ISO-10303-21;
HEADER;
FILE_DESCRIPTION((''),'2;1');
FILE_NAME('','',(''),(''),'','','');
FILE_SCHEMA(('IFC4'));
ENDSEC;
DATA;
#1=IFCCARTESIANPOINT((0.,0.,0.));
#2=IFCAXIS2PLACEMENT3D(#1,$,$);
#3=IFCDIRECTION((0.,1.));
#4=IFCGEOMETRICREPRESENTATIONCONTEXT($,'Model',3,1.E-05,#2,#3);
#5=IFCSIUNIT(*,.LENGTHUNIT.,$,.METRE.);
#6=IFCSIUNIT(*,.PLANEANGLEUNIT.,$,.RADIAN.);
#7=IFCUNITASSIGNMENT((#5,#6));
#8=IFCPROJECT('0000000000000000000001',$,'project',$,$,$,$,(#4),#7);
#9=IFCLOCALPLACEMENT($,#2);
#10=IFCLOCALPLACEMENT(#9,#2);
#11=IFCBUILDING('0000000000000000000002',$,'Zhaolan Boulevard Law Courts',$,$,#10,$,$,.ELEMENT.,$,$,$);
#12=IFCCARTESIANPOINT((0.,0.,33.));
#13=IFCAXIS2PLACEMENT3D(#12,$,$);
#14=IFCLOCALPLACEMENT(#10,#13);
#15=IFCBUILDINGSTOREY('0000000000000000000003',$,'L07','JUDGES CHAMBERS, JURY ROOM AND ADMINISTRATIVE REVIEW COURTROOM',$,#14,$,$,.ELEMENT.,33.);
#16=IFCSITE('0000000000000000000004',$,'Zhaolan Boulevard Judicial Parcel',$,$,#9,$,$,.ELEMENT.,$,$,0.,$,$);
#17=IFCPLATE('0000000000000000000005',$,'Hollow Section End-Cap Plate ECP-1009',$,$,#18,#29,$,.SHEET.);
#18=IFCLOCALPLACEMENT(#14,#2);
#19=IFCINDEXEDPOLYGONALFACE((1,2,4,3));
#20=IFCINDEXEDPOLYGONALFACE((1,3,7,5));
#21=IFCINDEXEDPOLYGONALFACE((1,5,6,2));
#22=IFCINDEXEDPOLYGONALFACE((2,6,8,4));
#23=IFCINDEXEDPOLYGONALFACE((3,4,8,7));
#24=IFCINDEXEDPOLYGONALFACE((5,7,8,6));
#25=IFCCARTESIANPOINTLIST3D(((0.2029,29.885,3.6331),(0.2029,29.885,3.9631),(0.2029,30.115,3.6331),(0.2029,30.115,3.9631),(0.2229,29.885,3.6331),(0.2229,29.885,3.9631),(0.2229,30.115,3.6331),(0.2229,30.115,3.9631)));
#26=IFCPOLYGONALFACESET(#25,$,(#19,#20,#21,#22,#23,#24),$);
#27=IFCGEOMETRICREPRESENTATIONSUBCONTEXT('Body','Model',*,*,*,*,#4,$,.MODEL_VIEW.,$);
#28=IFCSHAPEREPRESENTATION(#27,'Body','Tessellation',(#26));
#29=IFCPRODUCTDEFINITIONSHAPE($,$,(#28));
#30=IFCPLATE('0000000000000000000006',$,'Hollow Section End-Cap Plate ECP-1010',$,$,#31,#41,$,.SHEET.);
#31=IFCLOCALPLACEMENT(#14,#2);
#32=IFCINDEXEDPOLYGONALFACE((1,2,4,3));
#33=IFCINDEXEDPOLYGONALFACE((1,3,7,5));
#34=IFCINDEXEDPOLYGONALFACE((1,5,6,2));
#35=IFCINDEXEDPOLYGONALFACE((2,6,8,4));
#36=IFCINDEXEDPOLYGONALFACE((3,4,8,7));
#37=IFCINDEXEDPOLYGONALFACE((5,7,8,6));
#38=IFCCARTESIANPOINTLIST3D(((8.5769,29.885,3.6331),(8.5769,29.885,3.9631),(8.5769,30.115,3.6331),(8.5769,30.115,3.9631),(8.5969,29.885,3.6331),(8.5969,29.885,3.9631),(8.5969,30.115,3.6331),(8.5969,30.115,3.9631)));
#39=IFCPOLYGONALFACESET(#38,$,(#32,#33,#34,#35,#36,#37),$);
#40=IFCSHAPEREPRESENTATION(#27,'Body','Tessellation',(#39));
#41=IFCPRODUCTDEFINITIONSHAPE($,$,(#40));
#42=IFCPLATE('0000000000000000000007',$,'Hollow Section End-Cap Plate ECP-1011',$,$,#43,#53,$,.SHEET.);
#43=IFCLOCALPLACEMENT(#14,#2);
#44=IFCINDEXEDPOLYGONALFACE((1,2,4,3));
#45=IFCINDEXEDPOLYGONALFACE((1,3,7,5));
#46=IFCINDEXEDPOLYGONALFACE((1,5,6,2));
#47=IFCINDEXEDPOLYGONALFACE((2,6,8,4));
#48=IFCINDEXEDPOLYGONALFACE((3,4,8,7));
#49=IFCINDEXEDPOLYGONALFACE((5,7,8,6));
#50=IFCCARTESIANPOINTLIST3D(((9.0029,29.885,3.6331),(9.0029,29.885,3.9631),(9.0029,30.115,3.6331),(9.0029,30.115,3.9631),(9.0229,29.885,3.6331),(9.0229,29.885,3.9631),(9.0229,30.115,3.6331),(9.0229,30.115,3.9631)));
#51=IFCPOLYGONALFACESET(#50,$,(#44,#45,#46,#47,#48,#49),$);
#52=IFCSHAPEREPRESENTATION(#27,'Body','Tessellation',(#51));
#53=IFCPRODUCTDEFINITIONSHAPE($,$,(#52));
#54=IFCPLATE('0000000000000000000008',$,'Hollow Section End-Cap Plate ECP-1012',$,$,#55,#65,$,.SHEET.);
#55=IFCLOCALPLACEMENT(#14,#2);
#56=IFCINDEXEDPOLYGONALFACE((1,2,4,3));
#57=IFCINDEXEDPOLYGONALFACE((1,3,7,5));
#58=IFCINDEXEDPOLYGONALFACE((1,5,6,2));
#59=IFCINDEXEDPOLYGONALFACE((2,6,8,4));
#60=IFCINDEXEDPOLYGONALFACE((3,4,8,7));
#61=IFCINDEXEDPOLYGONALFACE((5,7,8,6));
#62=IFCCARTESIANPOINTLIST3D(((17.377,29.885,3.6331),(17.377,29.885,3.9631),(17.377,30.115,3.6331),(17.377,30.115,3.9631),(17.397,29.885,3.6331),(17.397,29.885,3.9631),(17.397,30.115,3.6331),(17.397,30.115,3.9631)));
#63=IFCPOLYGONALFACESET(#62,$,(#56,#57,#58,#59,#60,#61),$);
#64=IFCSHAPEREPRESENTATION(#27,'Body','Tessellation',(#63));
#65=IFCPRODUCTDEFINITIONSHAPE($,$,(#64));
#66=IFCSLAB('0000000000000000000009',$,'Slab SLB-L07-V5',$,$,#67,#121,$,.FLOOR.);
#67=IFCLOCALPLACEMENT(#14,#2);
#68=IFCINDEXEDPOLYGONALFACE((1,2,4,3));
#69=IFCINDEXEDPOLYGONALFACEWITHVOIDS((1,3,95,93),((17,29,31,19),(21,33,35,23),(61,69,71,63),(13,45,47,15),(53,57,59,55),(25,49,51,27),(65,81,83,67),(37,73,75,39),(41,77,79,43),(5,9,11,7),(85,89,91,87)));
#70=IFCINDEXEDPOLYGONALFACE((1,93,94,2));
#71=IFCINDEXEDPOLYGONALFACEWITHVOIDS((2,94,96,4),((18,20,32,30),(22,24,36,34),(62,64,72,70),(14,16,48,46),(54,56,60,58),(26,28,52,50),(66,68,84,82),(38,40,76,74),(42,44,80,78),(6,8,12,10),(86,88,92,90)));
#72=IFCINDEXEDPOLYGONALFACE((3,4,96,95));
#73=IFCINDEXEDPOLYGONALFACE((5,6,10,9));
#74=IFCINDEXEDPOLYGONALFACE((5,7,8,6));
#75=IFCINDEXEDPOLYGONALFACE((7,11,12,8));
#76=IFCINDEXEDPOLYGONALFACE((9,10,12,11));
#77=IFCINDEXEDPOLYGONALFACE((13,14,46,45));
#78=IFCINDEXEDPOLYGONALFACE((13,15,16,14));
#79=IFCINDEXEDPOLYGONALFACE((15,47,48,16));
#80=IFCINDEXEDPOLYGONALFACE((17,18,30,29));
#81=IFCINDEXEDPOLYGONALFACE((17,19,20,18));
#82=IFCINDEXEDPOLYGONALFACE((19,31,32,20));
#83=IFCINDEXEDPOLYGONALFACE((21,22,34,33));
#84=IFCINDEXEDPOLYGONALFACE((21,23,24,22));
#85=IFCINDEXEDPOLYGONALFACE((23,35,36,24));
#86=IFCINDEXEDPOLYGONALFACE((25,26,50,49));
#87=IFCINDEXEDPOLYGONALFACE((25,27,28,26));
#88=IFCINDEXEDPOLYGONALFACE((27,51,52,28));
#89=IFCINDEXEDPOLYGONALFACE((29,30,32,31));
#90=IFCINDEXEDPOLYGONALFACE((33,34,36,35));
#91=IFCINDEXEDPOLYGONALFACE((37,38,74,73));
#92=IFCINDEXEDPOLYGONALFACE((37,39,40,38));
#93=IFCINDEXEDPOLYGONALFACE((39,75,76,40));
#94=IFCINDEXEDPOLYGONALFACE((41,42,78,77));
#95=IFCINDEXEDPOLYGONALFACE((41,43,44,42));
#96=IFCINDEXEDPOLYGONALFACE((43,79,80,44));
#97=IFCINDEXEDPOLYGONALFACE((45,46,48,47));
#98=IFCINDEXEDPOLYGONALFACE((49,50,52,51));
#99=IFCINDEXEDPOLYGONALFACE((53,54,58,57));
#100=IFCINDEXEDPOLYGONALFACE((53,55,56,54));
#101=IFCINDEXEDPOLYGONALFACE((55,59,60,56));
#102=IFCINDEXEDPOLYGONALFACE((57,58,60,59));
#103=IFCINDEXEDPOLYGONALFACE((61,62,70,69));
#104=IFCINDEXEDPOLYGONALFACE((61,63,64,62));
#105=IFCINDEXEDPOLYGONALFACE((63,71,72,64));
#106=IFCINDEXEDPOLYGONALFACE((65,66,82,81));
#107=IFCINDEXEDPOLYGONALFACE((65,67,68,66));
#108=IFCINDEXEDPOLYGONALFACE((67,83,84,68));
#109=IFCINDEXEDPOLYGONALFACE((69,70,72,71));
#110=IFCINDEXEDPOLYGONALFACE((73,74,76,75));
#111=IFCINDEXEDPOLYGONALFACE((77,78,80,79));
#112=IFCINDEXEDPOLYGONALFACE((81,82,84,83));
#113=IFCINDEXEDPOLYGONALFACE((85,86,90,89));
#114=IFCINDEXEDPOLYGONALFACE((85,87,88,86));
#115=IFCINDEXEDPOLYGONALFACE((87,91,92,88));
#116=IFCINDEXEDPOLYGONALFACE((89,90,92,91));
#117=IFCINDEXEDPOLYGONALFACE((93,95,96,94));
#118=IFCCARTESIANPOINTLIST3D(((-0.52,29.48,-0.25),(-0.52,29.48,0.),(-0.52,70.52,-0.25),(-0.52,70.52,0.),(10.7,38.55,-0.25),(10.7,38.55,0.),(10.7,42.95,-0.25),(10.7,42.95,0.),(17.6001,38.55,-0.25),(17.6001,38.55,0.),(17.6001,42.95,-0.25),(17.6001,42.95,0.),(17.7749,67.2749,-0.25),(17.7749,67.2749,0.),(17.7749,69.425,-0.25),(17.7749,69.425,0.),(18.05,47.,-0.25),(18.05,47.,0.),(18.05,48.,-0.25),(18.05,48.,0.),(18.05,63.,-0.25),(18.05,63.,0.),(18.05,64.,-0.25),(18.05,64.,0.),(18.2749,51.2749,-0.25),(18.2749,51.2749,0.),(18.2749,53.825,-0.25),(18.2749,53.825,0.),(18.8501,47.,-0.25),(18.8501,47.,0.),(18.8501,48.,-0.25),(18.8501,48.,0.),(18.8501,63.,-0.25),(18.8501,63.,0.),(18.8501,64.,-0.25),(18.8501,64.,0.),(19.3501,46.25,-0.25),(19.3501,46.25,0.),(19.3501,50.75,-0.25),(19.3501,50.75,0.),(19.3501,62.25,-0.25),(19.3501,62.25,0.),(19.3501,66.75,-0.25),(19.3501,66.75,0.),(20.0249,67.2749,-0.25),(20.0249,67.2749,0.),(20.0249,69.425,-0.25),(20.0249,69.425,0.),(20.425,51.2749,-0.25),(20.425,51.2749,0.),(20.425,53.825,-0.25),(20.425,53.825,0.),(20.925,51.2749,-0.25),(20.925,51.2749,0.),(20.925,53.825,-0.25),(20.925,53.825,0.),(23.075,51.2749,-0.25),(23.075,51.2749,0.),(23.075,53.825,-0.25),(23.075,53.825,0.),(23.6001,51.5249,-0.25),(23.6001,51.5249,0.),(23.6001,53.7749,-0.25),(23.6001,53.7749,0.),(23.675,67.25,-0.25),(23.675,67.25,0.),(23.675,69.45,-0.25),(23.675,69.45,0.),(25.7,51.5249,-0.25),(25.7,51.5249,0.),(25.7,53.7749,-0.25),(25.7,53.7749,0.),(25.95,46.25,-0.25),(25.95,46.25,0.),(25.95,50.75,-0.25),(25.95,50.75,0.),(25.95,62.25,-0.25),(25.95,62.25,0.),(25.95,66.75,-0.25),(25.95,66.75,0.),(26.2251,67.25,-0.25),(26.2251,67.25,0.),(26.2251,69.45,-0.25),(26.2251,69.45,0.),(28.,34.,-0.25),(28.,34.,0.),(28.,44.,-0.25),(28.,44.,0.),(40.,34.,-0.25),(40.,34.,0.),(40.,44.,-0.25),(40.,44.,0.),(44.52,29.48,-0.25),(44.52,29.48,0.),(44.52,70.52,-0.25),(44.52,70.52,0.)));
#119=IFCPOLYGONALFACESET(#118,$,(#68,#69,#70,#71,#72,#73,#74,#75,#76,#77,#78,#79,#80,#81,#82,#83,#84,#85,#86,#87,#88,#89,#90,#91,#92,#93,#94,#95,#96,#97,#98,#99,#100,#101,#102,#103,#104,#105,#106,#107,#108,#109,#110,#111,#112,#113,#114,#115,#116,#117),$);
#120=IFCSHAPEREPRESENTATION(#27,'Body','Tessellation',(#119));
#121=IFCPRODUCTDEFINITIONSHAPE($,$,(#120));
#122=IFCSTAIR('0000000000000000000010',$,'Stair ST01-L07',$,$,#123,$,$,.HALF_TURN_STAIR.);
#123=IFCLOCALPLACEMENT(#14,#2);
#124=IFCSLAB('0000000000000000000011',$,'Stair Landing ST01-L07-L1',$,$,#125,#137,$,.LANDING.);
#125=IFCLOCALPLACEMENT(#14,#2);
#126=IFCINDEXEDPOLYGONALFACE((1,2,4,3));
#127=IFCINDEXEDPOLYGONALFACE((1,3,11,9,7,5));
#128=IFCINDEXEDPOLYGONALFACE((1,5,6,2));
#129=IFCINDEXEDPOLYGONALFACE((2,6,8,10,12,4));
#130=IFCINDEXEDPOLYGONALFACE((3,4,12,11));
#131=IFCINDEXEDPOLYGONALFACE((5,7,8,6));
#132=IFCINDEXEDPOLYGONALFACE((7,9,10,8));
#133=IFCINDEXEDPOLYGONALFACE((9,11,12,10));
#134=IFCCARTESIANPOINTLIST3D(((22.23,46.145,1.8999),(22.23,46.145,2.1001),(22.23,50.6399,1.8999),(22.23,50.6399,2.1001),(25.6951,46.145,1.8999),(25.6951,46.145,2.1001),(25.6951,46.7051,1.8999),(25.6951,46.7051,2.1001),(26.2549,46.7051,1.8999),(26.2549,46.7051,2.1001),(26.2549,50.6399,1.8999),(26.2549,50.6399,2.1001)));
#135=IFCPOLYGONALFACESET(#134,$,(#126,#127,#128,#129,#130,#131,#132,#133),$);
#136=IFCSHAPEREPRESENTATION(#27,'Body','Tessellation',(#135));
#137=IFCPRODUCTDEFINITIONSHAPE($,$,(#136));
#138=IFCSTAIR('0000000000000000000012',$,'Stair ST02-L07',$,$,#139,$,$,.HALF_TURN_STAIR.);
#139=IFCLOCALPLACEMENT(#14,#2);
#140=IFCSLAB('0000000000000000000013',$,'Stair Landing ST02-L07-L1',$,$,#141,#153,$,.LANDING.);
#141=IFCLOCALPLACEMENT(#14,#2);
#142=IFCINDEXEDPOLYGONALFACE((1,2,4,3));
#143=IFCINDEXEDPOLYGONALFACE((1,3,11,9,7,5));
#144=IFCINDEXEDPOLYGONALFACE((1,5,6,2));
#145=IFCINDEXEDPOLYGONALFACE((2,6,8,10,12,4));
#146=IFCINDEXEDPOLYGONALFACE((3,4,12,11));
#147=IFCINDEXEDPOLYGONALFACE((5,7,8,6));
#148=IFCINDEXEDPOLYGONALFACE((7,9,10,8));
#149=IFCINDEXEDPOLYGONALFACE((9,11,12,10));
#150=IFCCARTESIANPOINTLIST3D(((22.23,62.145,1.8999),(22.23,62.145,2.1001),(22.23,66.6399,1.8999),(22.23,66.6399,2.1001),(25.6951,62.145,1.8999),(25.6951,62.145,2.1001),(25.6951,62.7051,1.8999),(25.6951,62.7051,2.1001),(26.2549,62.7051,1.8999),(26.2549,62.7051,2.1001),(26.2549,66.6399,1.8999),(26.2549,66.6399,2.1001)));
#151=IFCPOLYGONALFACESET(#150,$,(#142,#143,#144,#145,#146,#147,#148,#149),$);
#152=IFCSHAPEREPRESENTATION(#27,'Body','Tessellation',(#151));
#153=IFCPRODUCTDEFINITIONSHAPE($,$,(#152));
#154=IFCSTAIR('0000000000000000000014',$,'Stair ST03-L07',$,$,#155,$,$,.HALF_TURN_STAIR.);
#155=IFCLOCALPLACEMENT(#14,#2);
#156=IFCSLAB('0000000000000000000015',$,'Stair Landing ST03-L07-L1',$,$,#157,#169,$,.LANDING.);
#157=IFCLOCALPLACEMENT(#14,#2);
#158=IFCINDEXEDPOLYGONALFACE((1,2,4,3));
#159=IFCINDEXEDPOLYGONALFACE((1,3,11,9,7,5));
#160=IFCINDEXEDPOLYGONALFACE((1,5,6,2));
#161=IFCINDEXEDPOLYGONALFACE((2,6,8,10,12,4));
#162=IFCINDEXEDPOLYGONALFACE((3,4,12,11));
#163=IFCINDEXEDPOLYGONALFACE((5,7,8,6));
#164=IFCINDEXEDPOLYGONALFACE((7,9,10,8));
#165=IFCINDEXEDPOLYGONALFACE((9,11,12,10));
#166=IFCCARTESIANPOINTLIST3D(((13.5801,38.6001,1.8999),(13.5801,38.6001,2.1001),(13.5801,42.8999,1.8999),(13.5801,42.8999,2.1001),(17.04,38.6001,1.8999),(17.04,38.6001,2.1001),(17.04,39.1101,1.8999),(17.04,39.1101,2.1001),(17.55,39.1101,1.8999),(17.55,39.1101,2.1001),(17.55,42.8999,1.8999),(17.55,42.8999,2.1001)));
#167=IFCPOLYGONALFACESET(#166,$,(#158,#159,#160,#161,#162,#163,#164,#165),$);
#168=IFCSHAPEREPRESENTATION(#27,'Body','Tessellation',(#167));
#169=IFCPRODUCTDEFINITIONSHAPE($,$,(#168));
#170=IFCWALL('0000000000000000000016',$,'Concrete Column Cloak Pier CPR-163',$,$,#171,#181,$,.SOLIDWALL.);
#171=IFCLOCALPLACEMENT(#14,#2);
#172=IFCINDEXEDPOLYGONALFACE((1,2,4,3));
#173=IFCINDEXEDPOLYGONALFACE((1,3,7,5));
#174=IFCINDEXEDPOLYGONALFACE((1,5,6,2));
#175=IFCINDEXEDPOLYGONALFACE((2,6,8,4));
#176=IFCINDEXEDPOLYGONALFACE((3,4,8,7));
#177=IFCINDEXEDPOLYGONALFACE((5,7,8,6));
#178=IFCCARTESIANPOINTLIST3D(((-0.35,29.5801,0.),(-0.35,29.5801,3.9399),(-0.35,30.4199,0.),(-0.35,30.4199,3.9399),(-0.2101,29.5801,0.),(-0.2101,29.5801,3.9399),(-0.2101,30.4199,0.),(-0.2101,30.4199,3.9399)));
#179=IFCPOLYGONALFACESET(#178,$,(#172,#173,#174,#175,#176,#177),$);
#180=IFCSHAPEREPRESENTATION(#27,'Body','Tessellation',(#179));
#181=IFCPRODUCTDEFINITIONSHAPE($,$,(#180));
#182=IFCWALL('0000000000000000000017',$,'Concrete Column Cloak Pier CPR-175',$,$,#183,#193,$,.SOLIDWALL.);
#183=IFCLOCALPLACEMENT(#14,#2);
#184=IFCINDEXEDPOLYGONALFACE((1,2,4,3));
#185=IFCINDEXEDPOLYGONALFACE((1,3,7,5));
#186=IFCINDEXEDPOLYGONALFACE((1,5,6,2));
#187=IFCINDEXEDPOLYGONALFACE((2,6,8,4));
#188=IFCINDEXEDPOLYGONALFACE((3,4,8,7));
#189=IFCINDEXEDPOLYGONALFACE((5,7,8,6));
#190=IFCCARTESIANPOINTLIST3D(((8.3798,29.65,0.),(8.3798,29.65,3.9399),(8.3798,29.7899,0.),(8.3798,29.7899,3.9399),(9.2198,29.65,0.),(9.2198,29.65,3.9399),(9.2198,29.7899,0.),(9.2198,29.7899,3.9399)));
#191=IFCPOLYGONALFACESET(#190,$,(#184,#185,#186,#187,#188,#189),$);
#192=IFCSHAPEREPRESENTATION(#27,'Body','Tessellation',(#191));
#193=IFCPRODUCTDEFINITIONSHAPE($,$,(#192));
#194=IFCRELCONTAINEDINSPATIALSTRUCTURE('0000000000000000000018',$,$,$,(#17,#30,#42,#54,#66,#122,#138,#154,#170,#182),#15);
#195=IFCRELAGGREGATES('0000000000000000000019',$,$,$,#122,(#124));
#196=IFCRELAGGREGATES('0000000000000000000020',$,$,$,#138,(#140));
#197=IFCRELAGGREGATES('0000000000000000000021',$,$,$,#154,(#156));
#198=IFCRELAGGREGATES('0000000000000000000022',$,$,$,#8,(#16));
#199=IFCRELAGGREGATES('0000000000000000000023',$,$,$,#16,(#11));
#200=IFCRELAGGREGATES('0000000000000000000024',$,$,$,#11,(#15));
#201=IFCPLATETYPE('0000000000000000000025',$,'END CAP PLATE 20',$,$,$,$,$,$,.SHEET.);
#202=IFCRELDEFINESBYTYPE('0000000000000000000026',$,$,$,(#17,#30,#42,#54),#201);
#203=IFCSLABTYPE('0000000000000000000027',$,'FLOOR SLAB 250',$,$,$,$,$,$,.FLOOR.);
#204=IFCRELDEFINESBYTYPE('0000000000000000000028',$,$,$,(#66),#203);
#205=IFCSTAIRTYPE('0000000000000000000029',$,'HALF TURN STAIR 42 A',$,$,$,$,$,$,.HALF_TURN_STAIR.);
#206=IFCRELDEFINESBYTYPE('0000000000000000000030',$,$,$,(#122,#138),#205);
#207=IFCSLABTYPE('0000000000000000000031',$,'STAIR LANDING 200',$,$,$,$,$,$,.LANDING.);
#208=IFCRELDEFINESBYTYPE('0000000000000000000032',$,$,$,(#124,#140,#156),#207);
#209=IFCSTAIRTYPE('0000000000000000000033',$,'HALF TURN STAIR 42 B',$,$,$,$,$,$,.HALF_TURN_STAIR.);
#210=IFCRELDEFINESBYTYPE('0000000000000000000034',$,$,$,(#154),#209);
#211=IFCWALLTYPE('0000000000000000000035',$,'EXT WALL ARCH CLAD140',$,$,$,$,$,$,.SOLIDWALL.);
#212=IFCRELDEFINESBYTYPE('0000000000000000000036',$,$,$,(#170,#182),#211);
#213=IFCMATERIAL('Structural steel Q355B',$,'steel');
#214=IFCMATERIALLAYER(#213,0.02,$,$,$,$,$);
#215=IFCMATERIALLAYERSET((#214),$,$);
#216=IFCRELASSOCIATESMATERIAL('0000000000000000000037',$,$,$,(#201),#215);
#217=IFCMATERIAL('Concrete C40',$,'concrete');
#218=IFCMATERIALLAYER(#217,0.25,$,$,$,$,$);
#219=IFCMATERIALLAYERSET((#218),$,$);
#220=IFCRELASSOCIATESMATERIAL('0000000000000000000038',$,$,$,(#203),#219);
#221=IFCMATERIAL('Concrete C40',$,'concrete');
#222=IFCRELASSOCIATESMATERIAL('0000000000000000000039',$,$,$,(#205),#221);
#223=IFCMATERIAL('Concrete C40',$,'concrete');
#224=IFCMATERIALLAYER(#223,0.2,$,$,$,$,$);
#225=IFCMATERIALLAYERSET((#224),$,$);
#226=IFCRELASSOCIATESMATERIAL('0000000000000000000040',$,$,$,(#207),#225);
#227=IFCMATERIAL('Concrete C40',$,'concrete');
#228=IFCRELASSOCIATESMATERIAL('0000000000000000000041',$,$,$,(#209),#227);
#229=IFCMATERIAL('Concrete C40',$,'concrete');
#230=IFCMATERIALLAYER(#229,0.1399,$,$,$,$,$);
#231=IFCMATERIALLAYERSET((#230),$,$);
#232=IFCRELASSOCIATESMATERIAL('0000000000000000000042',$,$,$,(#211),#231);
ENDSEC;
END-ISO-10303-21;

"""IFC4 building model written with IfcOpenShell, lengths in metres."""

from ifc_helpers import new_model, si_unit, direction, frame, frame_2d, origin, origin_2d, place, context, subcontext, project, spatial, polyline, rectangle, outline, extrude, material, layer, layer_set, type_object, element, aggregate, save


model = new_model("IFC4")

# Units and contexts
model_context = context("Model", 3, precision=1e-05, world=origin(), true_north=direction((0.0, 1.0)))
body_context = subcontext(model_context, "Body", "Model", "MODEL_VIEW")
ifc_project = project(units=[si_unit("LENGTHUNIT", "METRE"), si_unit("PLANEANGLEUNIT", "RADIAN")], contexts=[model_context])

# Site, building, storey
site_placement = place(None, origin())
site = spatial("IfcSite", under=ifc_project, at=site_placement, Name="Zhaolan Boulevard Judicial Parcel", CompositionType="ELEMENT", RefElevation=0.0)
building_placement = place(site_placement, origin())
building = spatial("IfcBuilding", under=site, at=building_placement, Name="Zhaolan Boulevard Law Courts", CompositionType="ELEMENT")
storey_placement = place(building_placement, frame((0.0, 0.0, 33.0)))
storey = spatial("IfcBuildingStorey", under=building, at=storey_placement, Name="L07", Description="JUDGES CHAMBERS, JURY ROOM AND ADMINISTRATIVE REVIEW COURTROOM", CompositionType="ELEMENT", Elevation=33.0)

# Plates
ifc_material_1 = material(Name="Structural steel Q355B", Category="steel")
ifc_layer_1 = layer(ifc_material_1, 0.02)
ifc_layer_set_1 = layer_set([ifc_layer_1])
plate_type = type_object("IfcPlateType", Name="END CAP PLATE 20", PredefinedType="SHEET", material=ifc_layer_set_1)
for number, where, z_axis, x_axis, name in (
    (1, (0.2129, 30.0, 3.6331), (0.0, 0.0, 1.0), (1.0, 0.0, 0.0), "Hollow Section End-Cap Plate ECP-1009"),
    (2, (8.5869, 30.0, 3.6331), (0.0, 0.0, 1.0), (1.0, 0.0, 0.0), "Hollow Section End-Cap Plate ECP-1010"),
    (3, (9.0129, 30.0, 3.6331), (0.0, 0.0, 1.0), (1.0, 0.0, 0.0), "Hollow Section End-Cap Plate ECP-1011"),
    (4, (17.387, 30.0, 3.6331), (0.0, 0.0, 1.0), (1.0, 0.0, 0.0), "Hollow Section End-Cap Plate ECP-1012"),
):
    element("IfcPlate", number, at=place(storey_placement, frame(where, z_axis=z_axis, x_axis=x_axis)), inside=storey, type_object=plate_type, Name=name, PredefinedType="SHEET", context=body_context, shape_type="SweptSolid", body=[
        extrude(rectangle(XDim=0.02, YDim=0.23, at=origin_2d()), origin(), (0.0, 0.0, 1.0), 0.3301),
    ])

# Slab
ifc_material_2 = material(Name="Concrete C40", Category="concrete")
ifc_layer_2 = layer(ifc_material_2, 0.25)
ifc_layer_set_2 = layer_set([ifc_layer_2])
slab_type_1 = type_object("IfcSlabType", Name="FLOOR SLAB 250", PredefinedType="FLOOR", material=ifc_layer_set_2)
slab_1_placement = place(storey_placement, frame((0.0, 0.0, -0.25)))
element("IfcSlab", 5, at=slab_1_placement, inside=storey, type_object=slab_type_1, Name="Slab SLB-L07-V5", PredefinedType="FLOOR", context=body_context, shape_type="SweptSolid", body=[
    extrude(outline(polyline([(-0.52, 29.48), (44.52, 29.48), (44.52, 70.52), (-0.52, 70.52), (-0.52, 29.48)]), holes=[polyline([(18.2749, 51.2749), (20.425, 51.2749), (20.425, 53.825), (18.2749, 53.825), (18.2749, 51.2749)]), polyline([(20.925, 51.2749), (23.075, 51.2749), (23.075, 53.825), (20.925, 53.825), (20.925, 51.2749)]), polyline([(23.675, 67.25), (26.2251, 67.25), (26.2251, 69.45), (23.675, 69.45), (23.675, 67.25)]), polyline([(23.6001, 51.5249), (25.7, 51.5249), (25.7, 53.7749), (23.6001, 53.7749), (23.6001, 51.5249)]), polyline([(17.7749, 67.2749), (20.0249, 67.2749), (20.0249, 69.425), (17.7749, 69.425), (17.7749, 67.2749)]), polyline([(19.3501, 46.25), (25.95, 46.25), (25.95, 50.75), (19.3501, 50.75), (19.3501, 46.25)]), polyline([(19.3501, 62.25), (25.95, 62.25), (25.95, 66.75), (19.3501, 66.75), (19.3501, 62.25)]), polyline([(10.7, 38.55), (17.6001, 38.55), (17.6001, 42.95), (10.7, 42.95), (10.7, 38.55)]), polyline([(18.05, 47.0), (18.8501, 47.0), (18.8501, 48.0), (18.05, 48.0), (18.05, 47.0)]), polyline([(18.05, 63.0), (18.8501, 63.0), (18.8501, 64.0), (18.05, 64.0), (18.05, 63.0)]), polyline([(28.0, 34.0), (40.0, 34.0), (40.0, 44.0), (28.0, 44.0), (28.0, 34.0)])]), origin(), (0.0, 0.0, 1.0), 0.25),
])

# Stairs, slabs
ifc_material_3 = material(Name="Concrete C40", Category="concrete")
stair_type_1 = type_object("IfcStairType", Name="HALF TURN STAIR 42 A", PredefinedType="HALF_TURN_STAIR", material=ifc_material_3)
stair_1_placement = place(storey_placement, origin())
stair_1 = element("IfcStair", 6, at=stair_1_placement, inside=storey, type_object=stair_type_1, Name="Stair ST01-L07", PredefinedType="HALF_TURN_STAIR")
ifc_material_4 = material(Name="Concrete C40", Category="concrete")
ifc_layer_3 = layer(ifc_material_4, 0.2)
ifc_layer_set_3 = layer_set([ifc_layer_3])
slab_type_2 = type_object("IfcSlabType", Name="STAIR LANDING 200", PredefinedType="LANDING", material=ifc_layer_set_3)
slab_2_placement = place(storey_placement, frame((0.0, 0.0, 1.8999)))
slab_2 = element("IfcSlab", 7, at=slab_2_placement, type_object=slab_type_2, Name="Stair Landing ST01-L07-L1", PredefinedType="LANDING", context=body_context, shape_type="SweptSolid", body=[
    extrude(outline(polyline([(22.23, 46.145), (25.6951, 46.145), (25.6951, 46.7051), (26.2549, 46.7051), (26.2549, 50.6399), (22.23, 50.6399), (22.23, 46.145)])), origin(), (0.0, 0.0, 1.0), 0.2002),
])
aggregate(stair_1, [slab_2])
stair_2_placement = place(storey_placement, origin())
stair_2 = element("IfcStair", 8, at=stair_2_placement, inside=storey, type_object=stair_type_1, Name="Stair ST02-L07", PredefinedType="HALF_TURN_STAIR")
slab_3_placement = place(storey_placement, frame((0.0, 0.0, 1.8999)))
slab_3 = element("IfcSlab", 9, at=slab_3_placement, type_object=slab_type_2, Name="Stair Landing ST02-L07-L1", PredefinedType="LANDING", context=body_context, shape_type="SweptSolid", body=[
    extrude(outline(polyline([(22.23, 62.145), (25.6951, 62.145), (25.6951, 62.7051), (26.2549, 62.7051), (26.2549, 66.6399), (22.23, 66.6399), (22.23, 62.145)])), origin(), (0.0, 0.0, 1.0), 0.2002),
])
aggregate(stair_2, [slab_3])
ifc_material_5 = material(Name="Concrete C40", Category="concrete")
stair_type_2 = type_object("IfcStairType", Name="HALF TURN STAIR 42 B", PredefinedType="HALF_TURN_STAIR", material=ifc_material_5)
stair_3_placement = place(storey_placement, origin())
stair_3 = element("IfcStair", 10, at=stair_3_placement, inside=storey, type_object=stair_type_2, Name="Stair ST03-L07", PredefinedType="HALF_TURN_STAIR")
slab_4_placement = place(storey_placement, frame((0.0, 0.0, 1.8999)))
slab_4 = element("IfcSlab", 11, at=slab_4_placement, type_object=slab_type_2, Name="Stair Landing ST03-L07-L1", PredefinedType="LANDING", context=body_context, shape_type="SweptSolid", body=[
    extrude(outline(polyline([(13.5801, 38.6001), (17.04, 38.6001), (17.04, 39.1101), (17.55, 39.1101), (17.55, 42.8999), (13.5801, 42.8999), (13.5801, 38.6001)])), origin(), (0.0, 0.0, 1.0), 0.2002),
])
aggregate(stair_3, [slab_4])

# Walls
ifc_material_6 = material(Name="Concrete C40", Category="concrete")
ifc_layer_4 = layer(ifc_material_6, 0.1399)
ifc_layer_set_4 = layer_set([ifc_layer_4])
wall_type_1 = type_object("IfcWallType", Name="EXT WALL ARCH CLAD140", PredefinedType="SOLIDWALL", material=ifc_layer_set_4)
wall_1_placement = place(storey_placement, frame((-0.28, 29.5801, 0.0), z_axis=(0.0, 0.0, 1.0), x_axis=(0.0, 1.0, 0.0)))
element("IfcWall", 12, at=wall_1_placement, inside=storey, type_object=wall_type_1, Name="Concrete Column Cloak Pier CPR-163", PredefinedType="SOLIDWALL", context=body_context, shape_type="SweptSolid", body=[
    extrude(rectangle(XDim=0.8398, YDim=0.1399, at=frame_2d((0.4199, 0.0))), origin(), (0.0, 0.0, 1.0), 3.9399),
])
for number, where, z_axis, x_axis, name in (
    (13, (8.3799, 29.72, 0.0), (0.0, 0.0, 1.0), (1.0, 0.0, 0.0), "Concrete Column Cloak Pier CPR-175"),
):
    element("IfcWall", number, at=place(storey_placement, frame(where, z_axis=z_axis, x_axis=x_axis)), inside=storey, type_object=wall_type_1, Name=name, PredefinedType="SOLIDWALL", context=body_context, shape_type="SweptSolid", body=[
        extrude(rectangle(XDim=0.8401, YDim=0.1399, at=frame_2d((0.4199, 0.0))), origin(), (0.0, 0.0, 1.0), 3.9399),
    ])

save(model, "model.ifc")
